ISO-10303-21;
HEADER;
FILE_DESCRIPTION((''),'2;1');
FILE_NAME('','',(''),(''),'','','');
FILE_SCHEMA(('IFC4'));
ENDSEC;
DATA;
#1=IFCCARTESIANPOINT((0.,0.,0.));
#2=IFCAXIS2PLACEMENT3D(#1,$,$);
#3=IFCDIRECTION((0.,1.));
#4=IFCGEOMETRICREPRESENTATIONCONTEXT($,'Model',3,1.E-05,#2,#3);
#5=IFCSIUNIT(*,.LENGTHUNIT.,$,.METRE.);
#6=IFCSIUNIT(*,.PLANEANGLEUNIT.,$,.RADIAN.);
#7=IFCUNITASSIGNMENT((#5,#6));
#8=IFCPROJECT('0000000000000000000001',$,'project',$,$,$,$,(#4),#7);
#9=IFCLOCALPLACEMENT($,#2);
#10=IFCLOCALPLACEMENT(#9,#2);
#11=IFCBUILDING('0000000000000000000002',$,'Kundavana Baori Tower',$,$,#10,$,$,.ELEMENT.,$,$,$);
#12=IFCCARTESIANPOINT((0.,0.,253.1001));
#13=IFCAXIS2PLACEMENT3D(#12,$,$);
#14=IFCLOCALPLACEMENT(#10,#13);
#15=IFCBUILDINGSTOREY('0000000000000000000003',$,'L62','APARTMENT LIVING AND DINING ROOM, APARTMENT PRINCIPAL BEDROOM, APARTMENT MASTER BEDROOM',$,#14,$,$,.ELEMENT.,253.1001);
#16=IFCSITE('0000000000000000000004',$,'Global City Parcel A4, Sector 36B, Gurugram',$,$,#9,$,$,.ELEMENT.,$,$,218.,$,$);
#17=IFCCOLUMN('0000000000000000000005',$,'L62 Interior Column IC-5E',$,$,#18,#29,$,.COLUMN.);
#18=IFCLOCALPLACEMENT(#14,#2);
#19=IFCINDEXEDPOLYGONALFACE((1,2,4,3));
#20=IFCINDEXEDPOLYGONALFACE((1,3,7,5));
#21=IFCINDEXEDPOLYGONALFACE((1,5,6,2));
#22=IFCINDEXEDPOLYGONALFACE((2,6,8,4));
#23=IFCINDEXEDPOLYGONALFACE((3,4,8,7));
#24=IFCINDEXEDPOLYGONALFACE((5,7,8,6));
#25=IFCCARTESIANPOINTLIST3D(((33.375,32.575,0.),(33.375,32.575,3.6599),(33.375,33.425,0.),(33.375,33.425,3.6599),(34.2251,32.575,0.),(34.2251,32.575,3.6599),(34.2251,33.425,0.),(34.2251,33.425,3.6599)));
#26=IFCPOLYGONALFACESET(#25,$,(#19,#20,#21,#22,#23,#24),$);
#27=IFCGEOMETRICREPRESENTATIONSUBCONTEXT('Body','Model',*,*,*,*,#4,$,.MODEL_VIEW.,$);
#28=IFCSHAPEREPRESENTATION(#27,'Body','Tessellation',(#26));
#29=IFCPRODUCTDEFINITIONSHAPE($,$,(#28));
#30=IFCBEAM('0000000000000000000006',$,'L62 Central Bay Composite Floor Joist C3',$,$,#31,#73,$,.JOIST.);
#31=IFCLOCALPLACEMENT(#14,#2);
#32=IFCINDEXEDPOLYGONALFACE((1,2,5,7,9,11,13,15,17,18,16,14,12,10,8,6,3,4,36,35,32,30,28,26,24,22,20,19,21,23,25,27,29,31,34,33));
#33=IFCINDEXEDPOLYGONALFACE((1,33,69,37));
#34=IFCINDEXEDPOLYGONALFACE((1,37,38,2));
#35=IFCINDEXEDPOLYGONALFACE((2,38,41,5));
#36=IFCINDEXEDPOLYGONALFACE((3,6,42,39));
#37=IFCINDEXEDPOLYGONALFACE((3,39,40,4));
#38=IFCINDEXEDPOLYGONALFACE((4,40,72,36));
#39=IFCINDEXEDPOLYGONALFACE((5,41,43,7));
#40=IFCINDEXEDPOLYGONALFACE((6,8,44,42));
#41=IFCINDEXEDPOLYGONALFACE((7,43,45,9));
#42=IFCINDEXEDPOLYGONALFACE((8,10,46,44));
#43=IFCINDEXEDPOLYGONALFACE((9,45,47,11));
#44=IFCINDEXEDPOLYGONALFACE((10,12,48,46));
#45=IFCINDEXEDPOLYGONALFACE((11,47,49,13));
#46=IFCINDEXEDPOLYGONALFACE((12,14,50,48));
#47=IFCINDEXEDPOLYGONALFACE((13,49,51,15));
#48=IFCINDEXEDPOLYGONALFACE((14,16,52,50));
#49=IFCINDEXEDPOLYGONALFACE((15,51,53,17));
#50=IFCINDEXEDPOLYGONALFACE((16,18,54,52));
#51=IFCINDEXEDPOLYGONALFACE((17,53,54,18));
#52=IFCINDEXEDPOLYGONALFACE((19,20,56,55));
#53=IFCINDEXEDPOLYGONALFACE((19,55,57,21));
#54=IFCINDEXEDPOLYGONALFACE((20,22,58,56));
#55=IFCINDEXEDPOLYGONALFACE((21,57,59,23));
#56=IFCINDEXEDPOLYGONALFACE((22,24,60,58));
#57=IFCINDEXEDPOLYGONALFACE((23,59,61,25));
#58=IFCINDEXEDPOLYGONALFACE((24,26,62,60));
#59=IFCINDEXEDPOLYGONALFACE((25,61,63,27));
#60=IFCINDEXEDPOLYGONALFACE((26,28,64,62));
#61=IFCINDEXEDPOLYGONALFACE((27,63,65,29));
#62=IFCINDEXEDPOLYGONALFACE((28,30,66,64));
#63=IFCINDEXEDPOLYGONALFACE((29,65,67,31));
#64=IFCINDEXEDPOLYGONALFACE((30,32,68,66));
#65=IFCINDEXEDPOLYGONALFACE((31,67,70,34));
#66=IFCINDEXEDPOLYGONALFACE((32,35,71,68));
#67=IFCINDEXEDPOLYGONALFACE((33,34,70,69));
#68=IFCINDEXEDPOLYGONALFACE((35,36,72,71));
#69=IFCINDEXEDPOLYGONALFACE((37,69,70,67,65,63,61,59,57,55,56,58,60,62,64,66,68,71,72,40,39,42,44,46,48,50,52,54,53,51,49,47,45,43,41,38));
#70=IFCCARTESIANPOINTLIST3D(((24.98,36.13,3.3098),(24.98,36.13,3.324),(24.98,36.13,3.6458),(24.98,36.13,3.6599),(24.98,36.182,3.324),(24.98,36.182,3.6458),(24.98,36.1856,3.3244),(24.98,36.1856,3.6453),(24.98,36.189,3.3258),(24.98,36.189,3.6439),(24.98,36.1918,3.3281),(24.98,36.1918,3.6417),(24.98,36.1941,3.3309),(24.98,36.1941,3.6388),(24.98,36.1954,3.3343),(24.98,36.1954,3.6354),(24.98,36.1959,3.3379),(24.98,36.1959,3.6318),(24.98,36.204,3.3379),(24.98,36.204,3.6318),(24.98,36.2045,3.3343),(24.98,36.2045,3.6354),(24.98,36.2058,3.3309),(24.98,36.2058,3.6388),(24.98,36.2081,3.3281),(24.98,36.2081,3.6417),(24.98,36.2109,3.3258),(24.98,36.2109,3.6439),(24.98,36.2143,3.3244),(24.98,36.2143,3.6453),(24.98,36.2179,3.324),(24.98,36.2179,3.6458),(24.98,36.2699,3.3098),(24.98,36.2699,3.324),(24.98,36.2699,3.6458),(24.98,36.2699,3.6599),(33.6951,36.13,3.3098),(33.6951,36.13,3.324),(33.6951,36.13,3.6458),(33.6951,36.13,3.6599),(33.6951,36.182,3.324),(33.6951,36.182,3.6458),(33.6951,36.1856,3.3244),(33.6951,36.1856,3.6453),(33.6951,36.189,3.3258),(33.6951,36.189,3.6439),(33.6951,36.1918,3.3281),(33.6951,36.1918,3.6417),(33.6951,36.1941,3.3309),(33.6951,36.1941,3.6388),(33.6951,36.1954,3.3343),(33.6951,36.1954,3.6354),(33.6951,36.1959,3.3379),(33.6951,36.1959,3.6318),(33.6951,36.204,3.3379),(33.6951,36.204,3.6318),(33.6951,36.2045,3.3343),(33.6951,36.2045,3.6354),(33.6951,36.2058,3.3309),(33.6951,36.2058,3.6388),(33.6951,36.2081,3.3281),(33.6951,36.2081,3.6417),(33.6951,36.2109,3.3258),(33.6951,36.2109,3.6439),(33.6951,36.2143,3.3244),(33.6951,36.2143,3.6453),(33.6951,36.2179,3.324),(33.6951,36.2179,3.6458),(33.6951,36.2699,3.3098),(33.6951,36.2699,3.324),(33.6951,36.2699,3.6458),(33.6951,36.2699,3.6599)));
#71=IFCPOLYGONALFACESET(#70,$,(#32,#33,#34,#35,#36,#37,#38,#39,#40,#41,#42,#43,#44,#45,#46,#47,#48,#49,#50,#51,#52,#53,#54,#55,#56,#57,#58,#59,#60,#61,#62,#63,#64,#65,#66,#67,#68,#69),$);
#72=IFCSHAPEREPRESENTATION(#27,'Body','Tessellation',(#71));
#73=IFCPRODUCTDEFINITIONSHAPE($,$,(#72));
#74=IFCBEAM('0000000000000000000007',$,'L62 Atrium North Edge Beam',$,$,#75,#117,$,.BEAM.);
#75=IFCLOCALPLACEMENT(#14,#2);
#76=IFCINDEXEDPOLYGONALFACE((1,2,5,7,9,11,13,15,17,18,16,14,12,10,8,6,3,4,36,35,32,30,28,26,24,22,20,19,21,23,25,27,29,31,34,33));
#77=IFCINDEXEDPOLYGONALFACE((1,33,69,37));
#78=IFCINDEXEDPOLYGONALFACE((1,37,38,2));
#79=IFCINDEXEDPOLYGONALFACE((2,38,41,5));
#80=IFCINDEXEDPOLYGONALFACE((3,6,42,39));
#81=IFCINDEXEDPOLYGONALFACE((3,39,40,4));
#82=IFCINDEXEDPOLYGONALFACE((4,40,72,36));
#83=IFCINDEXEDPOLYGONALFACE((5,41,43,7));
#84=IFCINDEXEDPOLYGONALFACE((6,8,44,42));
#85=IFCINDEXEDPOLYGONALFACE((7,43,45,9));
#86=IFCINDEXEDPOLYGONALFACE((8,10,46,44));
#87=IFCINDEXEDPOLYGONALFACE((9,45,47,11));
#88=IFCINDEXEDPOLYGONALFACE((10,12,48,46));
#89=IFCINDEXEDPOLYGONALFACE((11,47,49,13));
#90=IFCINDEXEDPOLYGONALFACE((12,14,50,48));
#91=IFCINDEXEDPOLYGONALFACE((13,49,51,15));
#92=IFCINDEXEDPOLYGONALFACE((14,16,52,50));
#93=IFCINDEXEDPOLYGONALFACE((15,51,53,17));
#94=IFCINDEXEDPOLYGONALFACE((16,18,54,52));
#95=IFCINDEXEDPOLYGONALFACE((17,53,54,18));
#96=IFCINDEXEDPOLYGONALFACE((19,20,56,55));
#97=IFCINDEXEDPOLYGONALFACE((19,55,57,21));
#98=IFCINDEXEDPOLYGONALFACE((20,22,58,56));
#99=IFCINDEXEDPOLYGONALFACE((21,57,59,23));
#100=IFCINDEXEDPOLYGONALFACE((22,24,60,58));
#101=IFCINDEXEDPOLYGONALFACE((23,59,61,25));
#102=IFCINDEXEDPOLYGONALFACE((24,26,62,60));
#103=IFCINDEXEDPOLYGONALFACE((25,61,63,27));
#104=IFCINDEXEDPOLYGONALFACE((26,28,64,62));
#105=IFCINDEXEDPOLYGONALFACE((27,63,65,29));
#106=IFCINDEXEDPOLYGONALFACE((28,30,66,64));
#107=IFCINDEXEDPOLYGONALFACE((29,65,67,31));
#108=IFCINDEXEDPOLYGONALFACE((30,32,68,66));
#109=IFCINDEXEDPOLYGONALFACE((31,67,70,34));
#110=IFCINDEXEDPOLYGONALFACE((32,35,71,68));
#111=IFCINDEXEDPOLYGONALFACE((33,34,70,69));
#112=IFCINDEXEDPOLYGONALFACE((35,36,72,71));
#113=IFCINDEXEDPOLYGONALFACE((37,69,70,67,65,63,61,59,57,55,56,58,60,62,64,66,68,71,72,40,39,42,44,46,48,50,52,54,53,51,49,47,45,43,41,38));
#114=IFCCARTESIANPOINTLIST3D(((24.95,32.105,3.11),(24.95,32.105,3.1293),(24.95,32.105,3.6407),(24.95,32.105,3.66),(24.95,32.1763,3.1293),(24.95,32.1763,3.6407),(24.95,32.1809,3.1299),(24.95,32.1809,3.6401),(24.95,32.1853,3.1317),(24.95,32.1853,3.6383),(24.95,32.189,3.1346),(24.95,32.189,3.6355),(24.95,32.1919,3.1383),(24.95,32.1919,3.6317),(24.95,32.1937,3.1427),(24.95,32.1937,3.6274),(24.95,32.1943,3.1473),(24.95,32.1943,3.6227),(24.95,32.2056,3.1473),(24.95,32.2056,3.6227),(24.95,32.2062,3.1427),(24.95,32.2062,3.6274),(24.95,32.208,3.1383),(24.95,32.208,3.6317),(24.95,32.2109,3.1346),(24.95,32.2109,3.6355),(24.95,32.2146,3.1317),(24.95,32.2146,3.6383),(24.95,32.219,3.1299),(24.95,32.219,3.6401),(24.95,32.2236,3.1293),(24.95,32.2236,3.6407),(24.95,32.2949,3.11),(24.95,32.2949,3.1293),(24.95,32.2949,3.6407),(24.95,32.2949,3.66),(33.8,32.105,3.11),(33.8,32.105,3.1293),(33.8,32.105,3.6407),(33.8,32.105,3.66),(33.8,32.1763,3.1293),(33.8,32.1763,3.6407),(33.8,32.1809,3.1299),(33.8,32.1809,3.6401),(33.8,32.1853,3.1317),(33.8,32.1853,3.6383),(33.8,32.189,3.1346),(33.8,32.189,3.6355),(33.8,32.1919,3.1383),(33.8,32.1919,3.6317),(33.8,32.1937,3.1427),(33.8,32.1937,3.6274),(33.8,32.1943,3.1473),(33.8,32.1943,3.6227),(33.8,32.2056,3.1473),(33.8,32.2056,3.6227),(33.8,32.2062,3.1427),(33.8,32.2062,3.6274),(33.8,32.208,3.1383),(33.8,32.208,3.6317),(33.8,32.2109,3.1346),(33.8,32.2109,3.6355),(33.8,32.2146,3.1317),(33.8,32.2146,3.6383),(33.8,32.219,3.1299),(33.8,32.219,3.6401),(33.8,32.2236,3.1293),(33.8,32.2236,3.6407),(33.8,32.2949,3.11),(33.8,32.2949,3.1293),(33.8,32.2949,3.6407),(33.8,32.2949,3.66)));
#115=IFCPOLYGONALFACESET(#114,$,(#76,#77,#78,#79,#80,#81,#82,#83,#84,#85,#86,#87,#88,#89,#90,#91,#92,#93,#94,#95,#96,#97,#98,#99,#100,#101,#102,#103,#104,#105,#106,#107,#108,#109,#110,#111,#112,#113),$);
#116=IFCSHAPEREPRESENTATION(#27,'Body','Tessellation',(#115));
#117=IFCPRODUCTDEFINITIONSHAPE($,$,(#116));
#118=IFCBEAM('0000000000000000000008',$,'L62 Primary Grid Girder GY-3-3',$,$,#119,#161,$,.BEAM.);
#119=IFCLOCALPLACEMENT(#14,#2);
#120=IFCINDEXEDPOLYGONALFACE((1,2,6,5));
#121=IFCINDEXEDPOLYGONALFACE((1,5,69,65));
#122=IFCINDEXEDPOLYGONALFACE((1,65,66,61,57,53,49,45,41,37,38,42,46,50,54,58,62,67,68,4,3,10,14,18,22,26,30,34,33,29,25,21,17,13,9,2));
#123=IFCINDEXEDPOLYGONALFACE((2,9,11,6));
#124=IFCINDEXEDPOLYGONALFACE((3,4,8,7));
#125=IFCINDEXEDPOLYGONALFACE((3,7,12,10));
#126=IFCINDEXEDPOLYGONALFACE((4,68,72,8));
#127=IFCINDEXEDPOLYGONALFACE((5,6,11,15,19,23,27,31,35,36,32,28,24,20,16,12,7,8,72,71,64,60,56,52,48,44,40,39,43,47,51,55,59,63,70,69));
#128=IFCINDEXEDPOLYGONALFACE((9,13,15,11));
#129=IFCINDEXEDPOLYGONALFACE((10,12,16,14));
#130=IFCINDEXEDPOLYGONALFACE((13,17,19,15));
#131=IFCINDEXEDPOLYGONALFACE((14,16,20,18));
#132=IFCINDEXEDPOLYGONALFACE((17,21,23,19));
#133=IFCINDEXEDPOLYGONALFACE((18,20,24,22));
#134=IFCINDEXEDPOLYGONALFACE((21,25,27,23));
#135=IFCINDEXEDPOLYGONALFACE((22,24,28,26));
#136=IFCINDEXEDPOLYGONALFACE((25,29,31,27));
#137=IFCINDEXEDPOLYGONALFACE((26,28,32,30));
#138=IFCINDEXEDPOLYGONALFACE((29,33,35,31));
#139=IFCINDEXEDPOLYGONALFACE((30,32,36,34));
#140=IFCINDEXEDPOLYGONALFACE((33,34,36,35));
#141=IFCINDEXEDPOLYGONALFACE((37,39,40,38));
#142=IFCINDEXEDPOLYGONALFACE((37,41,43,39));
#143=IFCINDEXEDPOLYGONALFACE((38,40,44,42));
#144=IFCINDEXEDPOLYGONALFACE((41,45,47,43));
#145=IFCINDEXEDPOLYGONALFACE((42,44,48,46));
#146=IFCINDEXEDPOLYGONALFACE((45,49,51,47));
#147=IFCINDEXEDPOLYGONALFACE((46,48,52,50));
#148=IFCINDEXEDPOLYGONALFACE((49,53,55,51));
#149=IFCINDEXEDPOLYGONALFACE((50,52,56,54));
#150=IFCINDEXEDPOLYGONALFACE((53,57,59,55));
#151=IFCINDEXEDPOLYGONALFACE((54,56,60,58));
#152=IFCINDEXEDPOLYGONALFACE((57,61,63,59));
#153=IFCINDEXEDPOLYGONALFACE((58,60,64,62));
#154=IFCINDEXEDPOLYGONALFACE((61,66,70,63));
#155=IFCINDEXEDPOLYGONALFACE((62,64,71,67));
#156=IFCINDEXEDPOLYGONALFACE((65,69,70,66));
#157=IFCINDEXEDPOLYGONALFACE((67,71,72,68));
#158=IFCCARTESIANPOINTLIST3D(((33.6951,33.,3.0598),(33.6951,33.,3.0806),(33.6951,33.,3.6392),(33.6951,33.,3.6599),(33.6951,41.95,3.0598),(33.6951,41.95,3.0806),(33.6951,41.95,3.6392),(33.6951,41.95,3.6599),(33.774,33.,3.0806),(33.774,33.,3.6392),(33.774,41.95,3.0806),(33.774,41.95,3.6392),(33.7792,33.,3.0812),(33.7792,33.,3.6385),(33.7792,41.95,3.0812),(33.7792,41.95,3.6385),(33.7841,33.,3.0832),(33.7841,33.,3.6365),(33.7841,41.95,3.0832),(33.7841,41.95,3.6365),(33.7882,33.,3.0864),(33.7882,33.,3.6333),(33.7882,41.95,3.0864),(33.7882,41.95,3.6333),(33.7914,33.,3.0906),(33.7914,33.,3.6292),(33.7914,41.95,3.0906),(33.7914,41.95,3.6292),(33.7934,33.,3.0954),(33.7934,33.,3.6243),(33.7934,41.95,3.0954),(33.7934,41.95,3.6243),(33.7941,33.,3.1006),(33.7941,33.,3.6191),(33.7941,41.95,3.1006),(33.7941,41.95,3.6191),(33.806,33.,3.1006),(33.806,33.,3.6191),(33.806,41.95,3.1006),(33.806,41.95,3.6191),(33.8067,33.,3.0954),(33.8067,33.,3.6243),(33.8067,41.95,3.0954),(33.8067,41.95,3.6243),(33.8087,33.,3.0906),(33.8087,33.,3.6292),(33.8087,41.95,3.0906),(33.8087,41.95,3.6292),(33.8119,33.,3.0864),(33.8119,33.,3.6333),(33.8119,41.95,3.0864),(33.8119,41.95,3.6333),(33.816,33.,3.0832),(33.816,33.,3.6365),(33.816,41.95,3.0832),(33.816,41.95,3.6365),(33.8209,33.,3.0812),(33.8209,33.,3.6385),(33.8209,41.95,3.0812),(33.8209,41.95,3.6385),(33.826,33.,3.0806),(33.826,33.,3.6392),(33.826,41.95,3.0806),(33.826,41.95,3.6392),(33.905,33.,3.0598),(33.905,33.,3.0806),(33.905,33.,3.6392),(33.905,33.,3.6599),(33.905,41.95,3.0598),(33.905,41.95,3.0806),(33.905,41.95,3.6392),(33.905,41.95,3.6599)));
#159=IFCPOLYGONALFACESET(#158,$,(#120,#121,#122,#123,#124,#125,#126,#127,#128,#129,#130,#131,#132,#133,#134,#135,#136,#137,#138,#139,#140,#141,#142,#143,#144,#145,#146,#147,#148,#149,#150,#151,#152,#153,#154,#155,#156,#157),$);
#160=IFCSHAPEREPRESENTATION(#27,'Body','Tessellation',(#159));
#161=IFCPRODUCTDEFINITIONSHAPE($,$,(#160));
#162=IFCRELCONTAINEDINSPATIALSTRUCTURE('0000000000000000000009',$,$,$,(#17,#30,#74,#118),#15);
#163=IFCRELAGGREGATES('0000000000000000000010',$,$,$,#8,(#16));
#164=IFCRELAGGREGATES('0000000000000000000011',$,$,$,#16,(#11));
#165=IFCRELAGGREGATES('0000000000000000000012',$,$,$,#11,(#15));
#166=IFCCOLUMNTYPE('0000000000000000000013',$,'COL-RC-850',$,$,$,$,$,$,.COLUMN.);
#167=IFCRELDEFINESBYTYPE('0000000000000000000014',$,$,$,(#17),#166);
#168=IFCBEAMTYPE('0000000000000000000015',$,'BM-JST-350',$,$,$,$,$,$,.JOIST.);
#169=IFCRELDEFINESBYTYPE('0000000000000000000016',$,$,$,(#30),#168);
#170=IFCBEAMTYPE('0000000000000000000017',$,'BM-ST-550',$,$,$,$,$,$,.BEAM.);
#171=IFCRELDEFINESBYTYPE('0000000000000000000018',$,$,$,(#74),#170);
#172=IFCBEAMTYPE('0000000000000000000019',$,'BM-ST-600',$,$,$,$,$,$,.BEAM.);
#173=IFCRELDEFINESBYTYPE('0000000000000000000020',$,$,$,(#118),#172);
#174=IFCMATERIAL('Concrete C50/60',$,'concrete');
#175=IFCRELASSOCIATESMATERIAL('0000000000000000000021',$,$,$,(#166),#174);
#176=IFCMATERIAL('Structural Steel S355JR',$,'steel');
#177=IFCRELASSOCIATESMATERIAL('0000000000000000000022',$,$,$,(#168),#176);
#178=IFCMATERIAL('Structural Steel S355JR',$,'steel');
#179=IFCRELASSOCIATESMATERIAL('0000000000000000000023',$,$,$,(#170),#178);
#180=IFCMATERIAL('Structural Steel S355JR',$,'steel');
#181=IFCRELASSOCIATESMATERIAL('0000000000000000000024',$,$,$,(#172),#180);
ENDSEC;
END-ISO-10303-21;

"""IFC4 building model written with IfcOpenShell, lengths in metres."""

from ifc_helpers import new_model, si_unit, direction, frame, origin, origin_2d, place, context, subcontext, project, spatial, rectangle, i_section, extrude, material, material_profile, profile_set, type_object, element, save


model = new_model("IFC4")

# Units and contexts
model_context = context("Model", 3, precision=1e-05, world=origin(), true_north=direction((0.0, 1.0)))
body_context = subcontext(model_context, "Body", "Model", "MODEL_VIEW")
ifc_project = project(units=[si_unit("LENGTHUNIT", "METRE"), si_unit("PLANEANGLEUNIT", "RADIAN")], contexts=[model_context])

# Site, building, storey
site_placement = place(None, origin())
site = spatial("IfcSite", under=ifc_project, at=site_placement, Name="Global City Parcel A4, Sector 36B, Gurugram", CompositionType="ELEMENT", RefElevation=218.0)
building_placement = place(site_placement, origin())
building = spatial("IfcBuilding", under=site, at=building_placement, Name="Kundavana Baori Tower", CompositionType="ELEMENT")
storey_placement = place(building_placement, frame((0.0, 0.0, 253.1001)))
storey = spatial("IfcBuildingStorey", under=building, at=storey_placement, Name="L62", Description="APARTMENT LIVING AND DINING ROOM, APARTMENT PRINCIPAL BEDROOM, APARTMENT MASTER BEDROOM", CompositionType="ELEMENT", Elevation=253.1001)

# Column
ifc_material_1 = material(Name="Concrete C50/60", Category="concrete")
ifc_material_profile_1 = material_profile(ifc_material_1, rectangle(XDim=0.8501, YDim=0.8501, at=origin_2d()), Name="RC 850x850")
ifc_profile_set_1 = profile_set([ifc_material_profile_1], Name="Concrete C50/60")
column_type = type_object("IfcColumnType", Name="COL-RC-850", PredefinedType="COLUMN", material=ifc_profile_set_1)
column_placement = place(storey_placement, frame((33.8, 33.0, 0.0), z_axis=(0.0, 0.0, 1.0), x_axis=(1.0, 0.0, 0.0)))
element("IfcColumn", 1, at=column_placement, inside=storey, type_object=column_type, Name="L62 Interior Column IC-5E", PredefinedType="COLUMN", context=body_context, shape_type="SweptSolid", body=[
    extrude(rectangle(XDim=0.8501, YDim=0.8501, at=origin_2d()), origin(), (0.0, 0.0, 1.0), 3.6599),
])

# Beams
ifc_material_2 = material(Name="Structural Steel S355JR", Category="steel")
ifc_material_profile_2 = material_profile(ifc_material_2, i_section(OverallWidth=0.1399, OverallDepth=0.3501, WebThickness=0.0081, FlangeThickness=0.0142, FilletRadius=0.0139, at=origin_2d()), Name="ISMB 350")
ifc_profile_set_2 = profile_set([ifc_material_profile_2], Name="Structural Steel S355JR")
beam_type_1 = type_object("IfcBeamType", Name="BM-JST-350", PredefinedType="JOIST", material=ifc_profile_set_2)
beam_1_placement = place(storey_placement, frame((24.98, 36.2, 3.4849), z_axis=(1.0, 0.0, 0.0), x_axis=(0.0, 1.0, 0.0)))
element("IfcBeam", 2, at=beam_1_placement, inside=storey, type_object=beam_type_1, Name="L62 Central Bay Composite Floor Joist C3", PredefinedType="JOIST", context=body_context, shape_type="SweptSolid", body=[
    extrude(i_section(OverallWidth=0.1399, OverallDepth=0.3501, WebThickness=0.0081, FlangeThickness=0.0142, FilletRadius=0.0139, at=origin_2d()), origin(), (0.0, 0.0, 1.0), 8.7151),
])
ifc_material_3 = material(Name="Structural Steel S355JR", Category="steel")
ifc_material_profile_3 = material_profile(ifc_material_3, i_section(OverallWidth=0.1899, OverallDepth=0.55, WebThickness=0.0112, FlangeThickness=0.0193, FilletRadius=0.0181, at=origin_2d()), Name="ISMB 550")
ifc_profile_set_3 = profile_set([ifc_material_profile_3], Name="Structural Steel S355JR")
beam_type_2 = type_object("IfcBeamType", Name="BM-ST-550", PredefinedType="BEAM", material=ifc_profile_set_3)
beam_2_placement = place(storey_placement, frame((24.95, 32.2, 3.385), z_axis=(1.0, 0.0, 0.0), x_axis=(0.0, 1.0, 0.0)))
element("IfcBeam", 3, at=beam_2_placement, inside=storey, type_object=beam_type_2, Name="L62 Atrium North Edge Beam", PredefinedType="BEAM", context=body_context, shape_type="SweptSolid", body=[
    extrude(i_section(OverallWidth=0.1899, OverallDepth=0.55, WebThickness=0.0112, FlangeThickness=0.0193, FilletRadius=0.0181, at=origin_2d()), origin(), (0.0, 0.0, 1.0), 8.8501),
])
ifc_material_4 = material(Name="Structural Steel S355JR", Category="steel")
ifc_material_profile_4 = material_profile(ifc_material_4, i_section(OverallWidth=0.21, OverallDepth=0.6001, WebThickness=0.012, FlangeThickness=0.0208, FilletRadius=0.02, at=origin_2d()), Name="ISMB 600")
ifc_profile_set_4 = profile_set([ifc_material_profile_4], Name="Structural Steel S355JR")
beam_type_3 = type_object("IfcBeamType", Name="BM-ST-600", PredefinedType="BEAM", material=ifc_profile_set_4)
beam_3_placement = place(storey_placement, frame((33.8, 33.0, 3.3599), z_axis=(0.0, 1.0, 0.0), x_axis=(-1.0, 0.0, 0.0)))
element("IfcBeam", 4, at=beam_3_placement, inside=storey, type_object=beam_type_3, Name="L62 Primary Grid Girder GY-3-3", PredefinedType="BEAM", context=body_context, shape_type="SweptSolid", body=[
    extrude(i_section(OverallWidth=0.21, OverallDepth=0.6001, WebThickness=0.012, FlangeThickness=0.0208, FilletRadius=0.02, at=origin_2d()), origin(), (0.0, 0.0, 1.0), 8.95),
])

save(model, "model.ifc")
